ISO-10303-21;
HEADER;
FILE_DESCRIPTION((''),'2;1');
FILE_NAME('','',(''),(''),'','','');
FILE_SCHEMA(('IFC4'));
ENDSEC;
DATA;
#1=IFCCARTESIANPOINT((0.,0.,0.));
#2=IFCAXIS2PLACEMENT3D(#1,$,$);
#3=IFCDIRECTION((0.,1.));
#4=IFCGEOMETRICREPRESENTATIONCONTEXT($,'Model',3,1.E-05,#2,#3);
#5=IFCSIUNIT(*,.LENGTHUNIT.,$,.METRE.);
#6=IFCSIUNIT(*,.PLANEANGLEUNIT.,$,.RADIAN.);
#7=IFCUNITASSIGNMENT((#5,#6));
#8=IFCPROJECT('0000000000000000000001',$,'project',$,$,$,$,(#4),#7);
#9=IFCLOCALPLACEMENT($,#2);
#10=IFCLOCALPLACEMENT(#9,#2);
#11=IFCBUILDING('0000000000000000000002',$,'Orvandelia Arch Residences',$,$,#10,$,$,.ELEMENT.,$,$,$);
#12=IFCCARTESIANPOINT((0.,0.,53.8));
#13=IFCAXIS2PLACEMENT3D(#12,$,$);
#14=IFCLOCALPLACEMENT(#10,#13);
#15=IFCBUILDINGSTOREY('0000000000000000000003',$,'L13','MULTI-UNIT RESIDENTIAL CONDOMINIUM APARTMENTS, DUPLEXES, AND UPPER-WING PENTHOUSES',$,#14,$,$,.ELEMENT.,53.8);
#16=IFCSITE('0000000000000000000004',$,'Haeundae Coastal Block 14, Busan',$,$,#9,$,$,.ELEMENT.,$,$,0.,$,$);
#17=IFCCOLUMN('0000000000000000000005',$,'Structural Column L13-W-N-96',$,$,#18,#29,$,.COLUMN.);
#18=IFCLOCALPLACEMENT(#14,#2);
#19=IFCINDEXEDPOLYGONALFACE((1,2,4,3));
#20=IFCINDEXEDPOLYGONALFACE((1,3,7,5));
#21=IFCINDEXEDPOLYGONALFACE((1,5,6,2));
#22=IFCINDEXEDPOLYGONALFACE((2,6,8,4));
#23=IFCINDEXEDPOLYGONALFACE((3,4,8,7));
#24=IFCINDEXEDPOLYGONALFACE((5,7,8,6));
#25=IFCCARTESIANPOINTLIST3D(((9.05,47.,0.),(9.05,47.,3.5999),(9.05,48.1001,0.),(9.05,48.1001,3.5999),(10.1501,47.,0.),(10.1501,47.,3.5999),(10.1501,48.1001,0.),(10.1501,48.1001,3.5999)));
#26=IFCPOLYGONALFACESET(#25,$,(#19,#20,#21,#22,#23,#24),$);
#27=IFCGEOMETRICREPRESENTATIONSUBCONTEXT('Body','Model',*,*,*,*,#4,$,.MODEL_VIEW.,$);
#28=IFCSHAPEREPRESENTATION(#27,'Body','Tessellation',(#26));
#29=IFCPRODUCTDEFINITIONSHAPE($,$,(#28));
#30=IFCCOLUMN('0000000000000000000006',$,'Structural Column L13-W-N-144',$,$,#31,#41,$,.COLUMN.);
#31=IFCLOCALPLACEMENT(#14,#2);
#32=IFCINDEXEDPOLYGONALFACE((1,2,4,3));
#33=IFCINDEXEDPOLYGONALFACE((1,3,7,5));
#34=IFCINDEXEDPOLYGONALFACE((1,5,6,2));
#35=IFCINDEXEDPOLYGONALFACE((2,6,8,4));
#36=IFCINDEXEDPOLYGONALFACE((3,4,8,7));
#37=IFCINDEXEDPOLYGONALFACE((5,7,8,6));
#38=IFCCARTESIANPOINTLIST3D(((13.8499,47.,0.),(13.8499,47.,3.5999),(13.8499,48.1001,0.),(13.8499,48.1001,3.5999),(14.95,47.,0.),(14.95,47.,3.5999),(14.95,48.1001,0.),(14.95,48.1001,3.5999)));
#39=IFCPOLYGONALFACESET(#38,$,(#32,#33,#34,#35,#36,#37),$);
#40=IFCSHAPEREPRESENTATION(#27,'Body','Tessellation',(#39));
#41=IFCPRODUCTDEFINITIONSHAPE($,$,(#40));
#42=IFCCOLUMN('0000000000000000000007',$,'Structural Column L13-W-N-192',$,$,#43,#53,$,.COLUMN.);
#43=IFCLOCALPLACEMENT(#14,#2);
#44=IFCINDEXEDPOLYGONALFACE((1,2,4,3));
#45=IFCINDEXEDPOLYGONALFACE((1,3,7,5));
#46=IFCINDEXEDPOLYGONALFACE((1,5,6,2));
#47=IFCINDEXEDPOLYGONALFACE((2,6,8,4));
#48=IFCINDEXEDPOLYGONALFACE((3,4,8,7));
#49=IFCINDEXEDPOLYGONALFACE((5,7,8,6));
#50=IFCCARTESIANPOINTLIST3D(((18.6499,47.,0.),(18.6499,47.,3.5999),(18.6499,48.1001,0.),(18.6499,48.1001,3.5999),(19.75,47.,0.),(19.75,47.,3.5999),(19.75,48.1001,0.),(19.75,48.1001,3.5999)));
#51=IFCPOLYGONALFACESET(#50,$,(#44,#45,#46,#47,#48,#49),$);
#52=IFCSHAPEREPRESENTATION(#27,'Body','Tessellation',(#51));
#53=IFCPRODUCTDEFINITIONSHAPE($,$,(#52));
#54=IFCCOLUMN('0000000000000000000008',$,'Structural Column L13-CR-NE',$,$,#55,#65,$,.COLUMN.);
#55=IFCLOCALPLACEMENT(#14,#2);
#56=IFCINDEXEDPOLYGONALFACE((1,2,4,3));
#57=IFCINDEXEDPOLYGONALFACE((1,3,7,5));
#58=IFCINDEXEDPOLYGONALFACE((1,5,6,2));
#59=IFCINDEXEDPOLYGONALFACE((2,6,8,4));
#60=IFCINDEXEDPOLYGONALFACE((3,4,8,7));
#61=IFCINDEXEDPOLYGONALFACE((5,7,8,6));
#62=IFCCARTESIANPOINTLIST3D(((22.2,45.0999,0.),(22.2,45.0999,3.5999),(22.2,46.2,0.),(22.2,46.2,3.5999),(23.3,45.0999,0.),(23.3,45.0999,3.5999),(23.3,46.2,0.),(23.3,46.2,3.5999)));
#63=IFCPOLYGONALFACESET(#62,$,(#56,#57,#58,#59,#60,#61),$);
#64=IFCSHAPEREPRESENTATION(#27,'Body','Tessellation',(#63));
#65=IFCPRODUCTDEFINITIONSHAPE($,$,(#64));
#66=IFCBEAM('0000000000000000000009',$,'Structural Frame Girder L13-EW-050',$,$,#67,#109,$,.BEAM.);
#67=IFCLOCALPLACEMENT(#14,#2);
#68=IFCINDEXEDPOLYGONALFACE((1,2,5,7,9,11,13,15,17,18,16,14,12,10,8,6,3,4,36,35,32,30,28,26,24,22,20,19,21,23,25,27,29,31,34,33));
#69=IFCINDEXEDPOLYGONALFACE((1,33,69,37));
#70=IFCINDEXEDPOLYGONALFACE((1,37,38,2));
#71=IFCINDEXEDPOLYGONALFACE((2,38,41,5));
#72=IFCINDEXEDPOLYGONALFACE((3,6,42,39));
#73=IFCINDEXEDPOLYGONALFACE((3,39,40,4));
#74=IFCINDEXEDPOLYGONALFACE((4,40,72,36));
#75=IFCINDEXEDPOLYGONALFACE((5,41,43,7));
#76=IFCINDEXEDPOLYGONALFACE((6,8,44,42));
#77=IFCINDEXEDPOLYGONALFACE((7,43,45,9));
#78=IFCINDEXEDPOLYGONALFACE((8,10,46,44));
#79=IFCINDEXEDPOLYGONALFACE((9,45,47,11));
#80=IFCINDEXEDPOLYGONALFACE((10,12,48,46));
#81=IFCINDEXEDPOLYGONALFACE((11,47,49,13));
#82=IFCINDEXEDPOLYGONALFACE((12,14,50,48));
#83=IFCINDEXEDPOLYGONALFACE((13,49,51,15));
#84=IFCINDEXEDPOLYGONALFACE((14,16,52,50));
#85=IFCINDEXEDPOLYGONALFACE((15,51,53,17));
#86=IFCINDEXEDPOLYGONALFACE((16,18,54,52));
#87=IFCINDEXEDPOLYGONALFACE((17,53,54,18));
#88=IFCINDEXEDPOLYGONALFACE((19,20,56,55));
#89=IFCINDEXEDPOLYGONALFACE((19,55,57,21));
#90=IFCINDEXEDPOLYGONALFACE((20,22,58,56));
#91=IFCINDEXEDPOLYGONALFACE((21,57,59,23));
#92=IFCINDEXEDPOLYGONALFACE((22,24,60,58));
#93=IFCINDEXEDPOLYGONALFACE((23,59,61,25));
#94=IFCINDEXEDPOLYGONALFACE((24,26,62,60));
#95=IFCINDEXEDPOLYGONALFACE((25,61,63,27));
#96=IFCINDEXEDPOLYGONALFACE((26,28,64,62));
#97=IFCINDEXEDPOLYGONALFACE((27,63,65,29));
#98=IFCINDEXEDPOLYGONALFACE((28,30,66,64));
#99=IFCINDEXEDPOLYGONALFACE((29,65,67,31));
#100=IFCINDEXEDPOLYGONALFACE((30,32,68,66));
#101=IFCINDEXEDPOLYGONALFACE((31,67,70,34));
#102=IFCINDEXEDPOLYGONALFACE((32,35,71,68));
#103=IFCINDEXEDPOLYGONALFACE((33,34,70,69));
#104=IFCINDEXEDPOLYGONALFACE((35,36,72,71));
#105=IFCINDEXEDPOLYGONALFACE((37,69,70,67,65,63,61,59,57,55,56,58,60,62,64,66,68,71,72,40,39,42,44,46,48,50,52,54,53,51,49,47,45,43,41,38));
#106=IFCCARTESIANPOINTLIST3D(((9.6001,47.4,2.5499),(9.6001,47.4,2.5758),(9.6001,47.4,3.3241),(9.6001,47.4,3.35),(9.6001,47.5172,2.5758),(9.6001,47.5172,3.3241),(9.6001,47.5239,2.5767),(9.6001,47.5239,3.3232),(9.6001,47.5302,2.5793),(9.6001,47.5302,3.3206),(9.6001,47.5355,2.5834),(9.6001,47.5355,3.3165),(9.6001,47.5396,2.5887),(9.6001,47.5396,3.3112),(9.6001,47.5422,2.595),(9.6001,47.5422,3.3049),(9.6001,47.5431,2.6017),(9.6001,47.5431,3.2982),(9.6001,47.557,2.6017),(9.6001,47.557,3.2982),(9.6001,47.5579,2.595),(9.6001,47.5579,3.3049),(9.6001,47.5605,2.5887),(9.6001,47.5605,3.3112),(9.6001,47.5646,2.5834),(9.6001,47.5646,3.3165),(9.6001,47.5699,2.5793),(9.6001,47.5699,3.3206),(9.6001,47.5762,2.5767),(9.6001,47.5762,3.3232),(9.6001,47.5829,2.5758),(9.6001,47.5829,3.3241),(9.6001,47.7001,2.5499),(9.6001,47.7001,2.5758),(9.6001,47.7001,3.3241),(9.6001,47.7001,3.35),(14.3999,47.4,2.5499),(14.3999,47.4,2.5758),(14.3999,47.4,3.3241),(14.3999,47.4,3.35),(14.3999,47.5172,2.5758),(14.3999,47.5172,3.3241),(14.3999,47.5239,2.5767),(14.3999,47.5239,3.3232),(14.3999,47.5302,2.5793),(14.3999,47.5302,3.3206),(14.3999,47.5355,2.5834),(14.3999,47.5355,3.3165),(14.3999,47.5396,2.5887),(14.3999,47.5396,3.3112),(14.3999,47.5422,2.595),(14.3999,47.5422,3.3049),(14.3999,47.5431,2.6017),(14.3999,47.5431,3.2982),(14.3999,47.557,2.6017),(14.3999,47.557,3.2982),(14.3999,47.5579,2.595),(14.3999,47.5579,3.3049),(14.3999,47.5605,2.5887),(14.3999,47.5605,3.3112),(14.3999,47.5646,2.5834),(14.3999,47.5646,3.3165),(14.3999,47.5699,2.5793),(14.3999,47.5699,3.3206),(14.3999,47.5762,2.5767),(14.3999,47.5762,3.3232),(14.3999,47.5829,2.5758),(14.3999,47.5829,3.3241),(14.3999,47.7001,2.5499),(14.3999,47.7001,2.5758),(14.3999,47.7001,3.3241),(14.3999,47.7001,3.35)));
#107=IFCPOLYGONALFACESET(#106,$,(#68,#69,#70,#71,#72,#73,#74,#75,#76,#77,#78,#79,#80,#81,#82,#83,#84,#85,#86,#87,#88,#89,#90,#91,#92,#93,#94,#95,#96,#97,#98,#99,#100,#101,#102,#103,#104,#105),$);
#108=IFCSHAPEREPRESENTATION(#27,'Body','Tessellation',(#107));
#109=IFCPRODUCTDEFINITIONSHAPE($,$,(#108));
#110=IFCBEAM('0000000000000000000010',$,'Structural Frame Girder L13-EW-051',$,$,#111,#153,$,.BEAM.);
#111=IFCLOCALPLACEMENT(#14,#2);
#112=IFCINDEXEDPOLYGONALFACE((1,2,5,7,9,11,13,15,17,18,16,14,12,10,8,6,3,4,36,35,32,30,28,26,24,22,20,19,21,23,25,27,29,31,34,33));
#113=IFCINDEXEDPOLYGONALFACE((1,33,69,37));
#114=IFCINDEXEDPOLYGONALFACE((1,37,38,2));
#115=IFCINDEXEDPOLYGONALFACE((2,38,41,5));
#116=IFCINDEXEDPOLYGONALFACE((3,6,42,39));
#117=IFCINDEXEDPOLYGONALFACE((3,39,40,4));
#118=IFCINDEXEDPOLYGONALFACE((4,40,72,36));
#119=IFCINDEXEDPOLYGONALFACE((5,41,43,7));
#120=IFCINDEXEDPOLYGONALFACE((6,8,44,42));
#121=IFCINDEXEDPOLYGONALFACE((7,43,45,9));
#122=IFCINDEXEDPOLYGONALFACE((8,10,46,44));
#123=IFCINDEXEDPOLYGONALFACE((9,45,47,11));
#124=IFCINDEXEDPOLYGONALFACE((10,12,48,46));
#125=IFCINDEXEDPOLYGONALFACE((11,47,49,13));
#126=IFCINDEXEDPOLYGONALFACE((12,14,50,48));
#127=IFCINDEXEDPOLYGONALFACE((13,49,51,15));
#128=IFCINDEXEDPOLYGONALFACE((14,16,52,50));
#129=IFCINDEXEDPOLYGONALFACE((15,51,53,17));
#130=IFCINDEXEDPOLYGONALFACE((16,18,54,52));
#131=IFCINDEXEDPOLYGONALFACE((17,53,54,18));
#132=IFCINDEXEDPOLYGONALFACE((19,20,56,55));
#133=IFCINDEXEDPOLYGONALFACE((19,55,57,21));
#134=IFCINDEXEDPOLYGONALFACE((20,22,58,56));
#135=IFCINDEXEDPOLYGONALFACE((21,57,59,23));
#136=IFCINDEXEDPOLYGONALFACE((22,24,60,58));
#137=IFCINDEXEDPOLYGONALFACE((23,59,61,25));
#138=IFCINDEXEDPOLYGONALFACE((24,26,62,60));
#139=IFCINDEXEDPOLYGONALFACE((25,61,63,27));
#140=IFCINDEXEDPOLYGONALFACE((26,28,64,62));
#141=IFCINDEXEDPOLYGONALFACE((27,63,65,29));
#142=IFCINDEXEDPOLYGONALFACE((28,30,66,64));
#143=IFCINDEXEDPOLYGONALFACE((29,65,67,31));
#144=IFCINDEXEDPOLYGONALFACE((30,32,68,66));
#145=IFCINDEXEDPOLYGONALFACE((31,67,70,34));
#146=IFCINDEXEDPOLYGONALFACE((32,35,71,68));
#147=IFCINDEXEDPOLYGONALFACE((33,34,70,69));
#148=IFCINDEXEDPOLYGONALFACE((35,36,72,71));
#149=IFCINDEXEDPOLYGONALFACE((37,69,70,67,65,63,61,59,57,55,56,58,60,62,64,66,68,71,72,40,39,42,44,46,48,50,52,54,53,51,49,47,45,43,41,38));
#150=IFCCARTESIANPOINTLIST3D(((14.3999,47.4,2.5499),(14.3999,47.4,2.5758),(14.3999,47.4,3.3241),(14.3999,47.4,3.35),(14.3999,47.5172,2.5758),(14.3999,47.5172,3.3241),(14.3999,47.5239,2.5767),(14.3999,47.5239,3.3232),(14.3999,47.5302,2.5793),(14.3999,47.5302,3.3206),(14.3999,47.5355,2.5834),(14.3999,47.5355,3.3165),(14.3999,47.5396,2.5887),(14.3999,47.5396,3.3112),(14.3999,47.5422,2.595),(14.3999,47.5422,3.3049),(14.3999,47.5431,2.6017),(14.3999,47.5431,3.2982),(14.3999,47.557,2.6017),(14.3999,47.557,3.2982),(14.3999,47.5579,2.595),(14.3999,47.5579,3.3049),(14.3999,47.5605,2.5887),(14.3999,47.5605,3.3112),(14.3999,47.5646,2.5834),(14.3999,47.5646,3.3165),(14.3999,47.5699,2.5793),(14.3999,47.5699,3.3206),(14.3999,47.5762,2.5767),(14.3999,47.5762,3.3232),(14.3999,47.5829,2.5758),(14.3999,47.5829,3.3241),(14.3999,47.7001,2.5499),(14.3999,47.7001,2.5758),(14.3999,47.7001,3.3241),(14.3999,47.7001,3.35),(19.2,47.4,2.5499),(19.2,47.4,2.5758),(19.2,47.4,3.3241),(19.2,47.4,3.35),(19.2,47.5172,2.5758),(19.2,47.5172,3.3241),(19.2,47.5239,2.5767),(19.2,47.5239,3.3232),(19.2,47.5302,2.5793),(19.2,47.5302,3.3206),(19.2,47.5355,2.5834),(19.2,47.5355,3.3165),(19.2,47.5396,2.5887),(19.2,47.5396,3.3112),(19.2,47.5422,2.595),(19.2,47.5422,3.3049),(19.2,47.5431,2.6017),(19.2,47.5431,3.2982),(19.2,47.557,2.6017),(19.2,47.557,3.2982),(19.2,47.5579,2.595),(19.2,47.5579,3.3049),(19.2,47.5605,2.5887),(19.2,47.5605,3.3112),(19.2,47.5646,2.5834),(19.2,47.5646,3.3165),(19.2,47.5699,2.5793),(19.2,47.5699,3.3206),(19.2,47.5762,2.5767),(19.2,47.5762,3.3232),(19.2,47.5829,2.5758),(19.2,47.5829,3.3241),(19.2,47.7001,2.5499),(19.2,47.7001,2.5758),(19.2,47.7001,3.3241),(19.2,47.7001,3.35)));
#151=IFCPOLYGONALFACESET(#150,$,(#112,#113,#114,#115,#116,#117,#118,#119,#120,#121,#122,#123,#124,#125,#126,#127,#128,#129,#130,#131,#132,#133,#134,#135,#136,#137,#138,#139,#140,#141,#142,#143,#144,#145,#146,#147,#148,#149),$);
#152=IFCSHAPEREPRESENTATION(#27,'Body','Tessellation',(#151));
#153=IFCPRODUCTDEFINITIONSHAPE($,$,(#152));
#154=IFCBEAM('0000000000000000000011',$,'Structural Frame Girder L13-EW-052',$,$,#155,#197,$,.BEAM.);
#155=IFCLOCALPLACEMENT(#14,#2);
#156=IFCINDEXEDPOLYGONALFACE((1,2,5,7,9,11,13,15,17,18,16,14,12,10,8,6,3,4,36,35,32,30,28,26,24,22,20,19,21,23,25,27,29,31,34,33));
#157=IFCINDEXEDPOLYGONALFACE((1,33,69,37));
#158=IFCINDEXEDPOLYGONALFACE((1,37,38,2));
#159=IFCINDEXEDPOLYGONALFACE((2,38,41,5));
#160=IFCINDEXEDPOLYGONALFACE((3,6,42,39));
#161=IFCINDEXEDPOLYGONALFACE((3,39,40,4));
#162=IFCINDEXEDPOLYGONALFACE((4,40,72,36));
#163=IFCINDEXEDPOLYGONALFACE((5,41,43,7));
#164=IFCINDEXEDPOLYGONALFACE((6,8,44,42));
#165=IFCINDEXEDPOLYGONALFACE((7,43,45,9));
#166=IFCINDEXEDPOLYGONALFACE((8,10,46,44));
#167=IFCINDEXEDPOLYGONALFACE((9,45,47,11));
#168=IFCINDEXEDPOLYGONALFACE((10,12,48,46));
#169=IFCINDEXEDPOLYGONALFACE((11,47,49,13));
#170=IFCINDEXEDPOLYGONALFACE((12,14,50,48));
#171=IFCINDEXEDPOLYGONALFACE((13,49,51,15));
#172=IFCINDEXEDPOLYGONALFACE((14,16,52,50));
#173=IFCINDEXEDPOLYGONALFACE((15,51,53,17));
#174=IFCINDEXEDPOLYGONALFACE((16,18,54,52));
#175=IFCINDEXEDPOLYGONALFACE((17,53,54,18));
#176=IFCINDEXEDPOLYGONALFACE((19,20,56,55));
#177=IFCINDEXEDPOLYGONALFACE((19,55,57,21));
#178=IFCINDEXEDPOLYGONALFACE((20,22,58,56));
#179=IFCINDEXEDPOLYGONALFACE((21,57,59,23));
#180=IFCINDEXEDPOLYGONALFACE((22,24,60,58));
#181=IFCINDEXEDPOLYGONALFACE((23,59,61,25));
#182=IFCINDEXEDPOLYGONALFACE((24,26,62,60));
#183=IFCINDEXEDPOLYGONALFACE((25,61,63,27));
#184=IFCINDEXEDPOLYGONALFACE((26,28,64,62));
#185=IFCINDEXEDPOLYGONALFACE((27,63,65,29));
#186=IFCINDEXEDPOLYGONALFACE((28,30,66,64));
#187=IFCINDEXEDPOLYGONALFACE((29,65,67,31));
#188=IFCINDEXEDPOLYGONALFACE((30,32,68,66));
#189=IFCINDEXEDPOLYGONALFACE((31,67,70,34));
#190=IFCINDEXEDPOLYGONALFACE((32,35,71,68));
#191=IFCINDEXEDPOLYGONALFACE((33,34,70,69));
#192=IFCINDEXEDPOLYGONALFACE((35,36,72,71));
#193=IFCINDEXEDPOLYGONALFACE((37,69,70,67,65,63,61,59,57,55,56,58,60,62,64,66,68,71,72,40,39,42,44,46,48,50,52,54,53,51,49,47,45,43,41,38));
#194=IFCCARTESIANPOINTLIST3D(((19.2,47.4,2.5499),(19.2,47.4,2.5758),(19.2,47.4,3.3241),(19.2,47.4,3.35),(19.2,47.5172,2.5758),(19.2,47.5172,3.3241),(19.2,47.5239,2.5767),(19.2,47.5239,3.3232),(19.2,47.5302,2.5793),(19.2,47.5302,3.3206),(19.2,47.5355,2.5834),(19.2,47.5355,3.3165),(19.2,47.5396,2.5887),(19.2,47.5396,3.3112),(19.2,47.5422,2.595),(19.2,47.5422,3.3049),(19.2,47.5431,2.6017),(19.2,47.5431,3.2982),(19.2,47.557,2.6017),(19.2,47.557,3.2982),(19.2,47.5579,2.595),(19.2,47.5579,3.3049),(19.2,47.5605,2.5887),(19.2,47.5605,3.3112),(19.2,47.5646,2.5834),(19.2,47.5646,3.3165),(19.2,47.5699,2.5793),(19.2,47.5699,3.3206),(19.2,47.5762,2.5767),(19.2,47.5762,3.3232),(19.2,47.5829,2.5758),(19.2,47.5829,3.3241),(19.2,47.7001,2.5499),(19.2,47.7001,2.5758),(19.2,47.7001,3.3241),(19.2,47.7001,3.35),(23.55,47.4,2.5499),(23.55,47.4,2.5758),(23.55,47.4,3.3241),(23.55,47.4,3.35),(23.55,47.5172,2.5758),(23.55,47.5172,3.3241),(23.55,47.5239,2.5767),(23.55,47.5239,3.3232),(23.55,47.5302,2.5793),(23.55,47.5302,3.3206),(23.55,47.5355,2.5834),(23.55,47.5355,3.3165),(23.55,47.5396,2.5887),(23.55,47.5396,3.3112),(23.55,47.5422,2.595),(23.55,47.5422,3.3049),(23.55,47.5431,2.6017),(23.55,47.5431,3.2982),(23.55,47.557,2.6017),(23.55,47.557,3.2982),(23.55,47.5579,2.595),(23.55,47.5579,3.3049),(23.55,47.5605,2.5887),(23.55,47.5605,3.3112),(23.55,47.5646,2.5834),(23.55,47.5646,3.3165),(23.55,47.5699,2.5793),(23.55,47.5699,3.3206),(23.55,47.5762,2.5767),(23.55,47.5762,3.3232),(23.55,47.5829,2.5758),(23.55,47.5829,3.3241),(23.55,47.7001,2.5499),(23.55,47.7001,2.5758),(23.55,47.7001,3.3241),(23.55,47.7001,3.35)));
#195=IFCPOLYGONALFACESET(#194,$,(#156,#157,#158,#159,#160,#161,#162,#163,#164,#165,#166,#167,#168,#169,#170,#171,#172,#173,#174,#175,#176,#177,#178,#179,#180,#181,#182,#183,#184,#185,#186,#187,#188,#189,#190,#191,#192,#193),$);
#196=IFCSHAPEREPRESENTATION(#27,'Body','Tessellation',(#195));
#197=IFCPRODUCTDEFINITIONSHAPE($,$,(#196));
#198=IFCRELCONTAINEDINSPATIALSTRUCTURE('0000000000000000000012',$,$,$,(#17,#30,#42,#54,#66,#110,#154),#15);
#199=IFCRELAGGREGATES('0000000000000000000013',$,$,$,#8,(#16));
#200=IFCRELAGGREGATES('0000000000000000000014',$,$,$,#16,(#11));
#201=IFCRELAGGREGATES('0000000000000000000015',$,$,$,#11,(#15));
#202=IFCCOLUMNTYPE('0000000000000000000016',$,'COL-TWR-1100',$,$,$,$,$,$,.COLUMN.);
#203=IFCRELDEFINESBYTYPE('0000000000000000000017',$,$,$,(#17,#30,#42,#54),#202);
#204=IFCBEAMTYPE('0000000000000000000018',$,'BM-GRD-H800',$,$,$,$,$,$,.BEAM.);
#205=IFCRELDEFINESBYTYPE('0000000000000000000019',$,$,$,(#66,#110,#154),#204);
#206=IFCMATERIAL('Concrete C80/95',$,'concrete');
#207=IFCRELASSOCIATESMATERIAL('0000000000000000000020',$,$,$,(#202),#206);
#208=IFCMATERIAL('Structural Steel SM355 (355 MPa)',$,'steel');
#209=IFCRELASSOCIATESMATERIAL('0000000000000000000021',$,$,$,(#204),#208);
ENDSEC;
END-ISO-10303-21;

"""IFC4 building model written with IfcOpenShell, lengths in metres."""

from ifc_helpers import new_model, si_unit, direction, frame, origin, origin_2d, place, context, subcontext, project, spatial, rectangle, i_section, extrude, material, material_profile, profile_set, type_object, element, save


model = new_model("IFC4")

# Units and contexts
model_context = context("Model", 3, precision=1e-05, world=origin(), true_north=direction((0.0, 1.0)))
body_context = subcontext(model_context, "Body", "Model", "MODEL_VIEW")
ifc_project = project(units=[si_unit("LENGTHUNIT", "METRE"), si_unit("PLANEANGLEUNIT", "RADIAN")], contexts=[model_context])

# Site, building, storey
site_placement = place(None, origin())
site = spatial("IfcSite", under=ifc_project, at=site_placement, Name="Haeundae Coastal Block 14, Busan", CompositionType="ELEMENT", RefElevation=0.0)
building_placement = place(site_placement, origin())
building = spatial("IfcBuilding", under=site, at=building_placement, Name="Orvandelia Arch Residences", CompositionType="ELEMENT")
storey_placement = place(building_placement, frame((0.0, 0.0, 53.8)))
storey = spatial("IfcBuildingStorey", under=building, at=storey_placement, Name="L13", Description="MULTI-UNIT RESIDENTIAL CONDOMINIUM APARTMENTS, DUPLEXES, AND UPPER-WING PENTHOUSES", CompositionType="ELEMENT", Elevation=53.8)

# Columns
ifc_material_1 = material(Name="Concrete C80/95", Category="concrete")
ifc_material_profile_1 = material_profile(ifc_material_1, rectangle(XDim=1.1001, YDim=1.1001, at=origin_2d()), Name="Concrete C80/95", Category="concrete")
ifc_profile_set_1 = profile_set([ifc_material_profile_1], Name="Concrete C80/95")
column_type = type_object("IfcColumnType", Name="COL-TWR-1100", PredefinedType="COLUMN", material=ifc_profile_set_1)
for number, where, z_axis, x_axis, name in (
    (1, (9.6001, 47.55, 0.0), (0.0, 0.0, 1.0), (1.0, 0.0, 0.0), "Structural Column L13-W-N-96"),
    (2, (14.3999, 47.55, 0.0), (0.0, 0.0, 1.0), (1.0, 0.0, 0.0), "Structural Column L13-W-N-144"),
    (3, (19.2, 47.55, 0.0), (0.0, 0.0, 1.0), (1.0, 0.0, 0.0), "Structural Column L13-W-N-192"),
    (4, (22.75, 45.6499, 0.0), (0.0, 0.0, 1.0), (1.0, 0.0, 0.0), "Structural Column L13-CR-NE"),
):
    element("IfcColumn", number, at=place(storey_placement, frame(where, z_axis=z_axis, x_axis=x_axis)), inside=storey, type_object=column_type, Name=name, PredefinedType="COLUMN", context=body_context, shape_type="SweptSolid", body=[
        extrude(rectangle(XDim=1.1001, YDim=1.1001, at=origin_2d()), origin(), (0.0, 0.0, 1.0), 3.5999),
    ])

# Beams
ifc_material_2 = material(Name="Structural Steel SM355 (355 MPa)", Category="steel")
ifc_material_profile_2 = material_profile(ifc_material_2, i_section(OverallWidth=0.3, OverallDepth=0.8, WebThickness=0.0139, FlangeThickness=0.0259, FilletRadius=0.0259, at=origin_2d()), Name="Structural Steel SM355 (355 MPa)", Category="steel")
ifc_profile_set_2 = profile_set([ifc_material_profile_2], Name="Structural Steel SM355 (355 MPa)")
beam_type = type_object("IfcBeamType", Name="BM-GRD-H800", PredefinedType="BEAM", material=ifc_profile_set_2)
beam_1_placement = place(storey_placement, frame((9.6001, 47.55, 2.95), z_axis=(1.0, 0.0, 0.0), x_axis=(0.0, 1.0, 0.0)))
element("IfcBeam", 5, at=beam_1_placement, inside=storey, type_object=beam_type, Name="Structural Frame Girder L13-EW-050", PredefinedType="BEAM", context=body_context, shape_type="SweptSolid", body=[
    extrude(i_section(OverallWidth=0.3, OverallDepth=0.8, WebThickness=0.0139, FlangeThickness=0.0259, FilletRadius=0.0259, at=origin_2d()), origin(), (0.0, 0.0, 1.0), 4.7998),
])
beam_2_placement = place(storey_placement, frame((14.3999, 47.55, 2.95), z_axis=(1.0, 0.0, 0.0), x_axis=(0.0, 1.0, 0.0)))
element("IfcBeam", 6, at=beam_2_placement, inside=storey, type_object=beam_type, Name="Structural Frame Girder L13-EW-051", PredefinedType="BEAM", context=body_context, shape_type="SweptSolid", body=[
    extrude(i_section(OverallWidth=0.3, OverallDepth=0.8, WebThickness=0.0139, FlangeThickness=0.0259, FilletRadius=0.0259, at=origin_2d()), origin(), (0.0, 0.0, 1.0), 4.8),
])
beam_3_placement = place(storey_placement, frame((19.2, 47.55, 2.95), z_axis=(1.0, 0.0, 0.0), x_axis=(0.0, 1.0, 0.0)))
element("IfcBeam", 7, at=beam_3_placement, inside=storey, type_object=beam_type, Name="Structural Frame Girder L13-EW-052", PredefinedType="BEAM", context=body_context, shape_type="SweptSolid", body=[
    extrude(i_section(OverallWidth=0.3, OverallDepth=0.8, WebThickness=0.0139, FlangeThickness=0.0259, FilletRadius=0.0259, at=origin_2d()), origin(), (0.0, 0.0, 1.0), 4.3501),
])

save(model, "model.ifc")
